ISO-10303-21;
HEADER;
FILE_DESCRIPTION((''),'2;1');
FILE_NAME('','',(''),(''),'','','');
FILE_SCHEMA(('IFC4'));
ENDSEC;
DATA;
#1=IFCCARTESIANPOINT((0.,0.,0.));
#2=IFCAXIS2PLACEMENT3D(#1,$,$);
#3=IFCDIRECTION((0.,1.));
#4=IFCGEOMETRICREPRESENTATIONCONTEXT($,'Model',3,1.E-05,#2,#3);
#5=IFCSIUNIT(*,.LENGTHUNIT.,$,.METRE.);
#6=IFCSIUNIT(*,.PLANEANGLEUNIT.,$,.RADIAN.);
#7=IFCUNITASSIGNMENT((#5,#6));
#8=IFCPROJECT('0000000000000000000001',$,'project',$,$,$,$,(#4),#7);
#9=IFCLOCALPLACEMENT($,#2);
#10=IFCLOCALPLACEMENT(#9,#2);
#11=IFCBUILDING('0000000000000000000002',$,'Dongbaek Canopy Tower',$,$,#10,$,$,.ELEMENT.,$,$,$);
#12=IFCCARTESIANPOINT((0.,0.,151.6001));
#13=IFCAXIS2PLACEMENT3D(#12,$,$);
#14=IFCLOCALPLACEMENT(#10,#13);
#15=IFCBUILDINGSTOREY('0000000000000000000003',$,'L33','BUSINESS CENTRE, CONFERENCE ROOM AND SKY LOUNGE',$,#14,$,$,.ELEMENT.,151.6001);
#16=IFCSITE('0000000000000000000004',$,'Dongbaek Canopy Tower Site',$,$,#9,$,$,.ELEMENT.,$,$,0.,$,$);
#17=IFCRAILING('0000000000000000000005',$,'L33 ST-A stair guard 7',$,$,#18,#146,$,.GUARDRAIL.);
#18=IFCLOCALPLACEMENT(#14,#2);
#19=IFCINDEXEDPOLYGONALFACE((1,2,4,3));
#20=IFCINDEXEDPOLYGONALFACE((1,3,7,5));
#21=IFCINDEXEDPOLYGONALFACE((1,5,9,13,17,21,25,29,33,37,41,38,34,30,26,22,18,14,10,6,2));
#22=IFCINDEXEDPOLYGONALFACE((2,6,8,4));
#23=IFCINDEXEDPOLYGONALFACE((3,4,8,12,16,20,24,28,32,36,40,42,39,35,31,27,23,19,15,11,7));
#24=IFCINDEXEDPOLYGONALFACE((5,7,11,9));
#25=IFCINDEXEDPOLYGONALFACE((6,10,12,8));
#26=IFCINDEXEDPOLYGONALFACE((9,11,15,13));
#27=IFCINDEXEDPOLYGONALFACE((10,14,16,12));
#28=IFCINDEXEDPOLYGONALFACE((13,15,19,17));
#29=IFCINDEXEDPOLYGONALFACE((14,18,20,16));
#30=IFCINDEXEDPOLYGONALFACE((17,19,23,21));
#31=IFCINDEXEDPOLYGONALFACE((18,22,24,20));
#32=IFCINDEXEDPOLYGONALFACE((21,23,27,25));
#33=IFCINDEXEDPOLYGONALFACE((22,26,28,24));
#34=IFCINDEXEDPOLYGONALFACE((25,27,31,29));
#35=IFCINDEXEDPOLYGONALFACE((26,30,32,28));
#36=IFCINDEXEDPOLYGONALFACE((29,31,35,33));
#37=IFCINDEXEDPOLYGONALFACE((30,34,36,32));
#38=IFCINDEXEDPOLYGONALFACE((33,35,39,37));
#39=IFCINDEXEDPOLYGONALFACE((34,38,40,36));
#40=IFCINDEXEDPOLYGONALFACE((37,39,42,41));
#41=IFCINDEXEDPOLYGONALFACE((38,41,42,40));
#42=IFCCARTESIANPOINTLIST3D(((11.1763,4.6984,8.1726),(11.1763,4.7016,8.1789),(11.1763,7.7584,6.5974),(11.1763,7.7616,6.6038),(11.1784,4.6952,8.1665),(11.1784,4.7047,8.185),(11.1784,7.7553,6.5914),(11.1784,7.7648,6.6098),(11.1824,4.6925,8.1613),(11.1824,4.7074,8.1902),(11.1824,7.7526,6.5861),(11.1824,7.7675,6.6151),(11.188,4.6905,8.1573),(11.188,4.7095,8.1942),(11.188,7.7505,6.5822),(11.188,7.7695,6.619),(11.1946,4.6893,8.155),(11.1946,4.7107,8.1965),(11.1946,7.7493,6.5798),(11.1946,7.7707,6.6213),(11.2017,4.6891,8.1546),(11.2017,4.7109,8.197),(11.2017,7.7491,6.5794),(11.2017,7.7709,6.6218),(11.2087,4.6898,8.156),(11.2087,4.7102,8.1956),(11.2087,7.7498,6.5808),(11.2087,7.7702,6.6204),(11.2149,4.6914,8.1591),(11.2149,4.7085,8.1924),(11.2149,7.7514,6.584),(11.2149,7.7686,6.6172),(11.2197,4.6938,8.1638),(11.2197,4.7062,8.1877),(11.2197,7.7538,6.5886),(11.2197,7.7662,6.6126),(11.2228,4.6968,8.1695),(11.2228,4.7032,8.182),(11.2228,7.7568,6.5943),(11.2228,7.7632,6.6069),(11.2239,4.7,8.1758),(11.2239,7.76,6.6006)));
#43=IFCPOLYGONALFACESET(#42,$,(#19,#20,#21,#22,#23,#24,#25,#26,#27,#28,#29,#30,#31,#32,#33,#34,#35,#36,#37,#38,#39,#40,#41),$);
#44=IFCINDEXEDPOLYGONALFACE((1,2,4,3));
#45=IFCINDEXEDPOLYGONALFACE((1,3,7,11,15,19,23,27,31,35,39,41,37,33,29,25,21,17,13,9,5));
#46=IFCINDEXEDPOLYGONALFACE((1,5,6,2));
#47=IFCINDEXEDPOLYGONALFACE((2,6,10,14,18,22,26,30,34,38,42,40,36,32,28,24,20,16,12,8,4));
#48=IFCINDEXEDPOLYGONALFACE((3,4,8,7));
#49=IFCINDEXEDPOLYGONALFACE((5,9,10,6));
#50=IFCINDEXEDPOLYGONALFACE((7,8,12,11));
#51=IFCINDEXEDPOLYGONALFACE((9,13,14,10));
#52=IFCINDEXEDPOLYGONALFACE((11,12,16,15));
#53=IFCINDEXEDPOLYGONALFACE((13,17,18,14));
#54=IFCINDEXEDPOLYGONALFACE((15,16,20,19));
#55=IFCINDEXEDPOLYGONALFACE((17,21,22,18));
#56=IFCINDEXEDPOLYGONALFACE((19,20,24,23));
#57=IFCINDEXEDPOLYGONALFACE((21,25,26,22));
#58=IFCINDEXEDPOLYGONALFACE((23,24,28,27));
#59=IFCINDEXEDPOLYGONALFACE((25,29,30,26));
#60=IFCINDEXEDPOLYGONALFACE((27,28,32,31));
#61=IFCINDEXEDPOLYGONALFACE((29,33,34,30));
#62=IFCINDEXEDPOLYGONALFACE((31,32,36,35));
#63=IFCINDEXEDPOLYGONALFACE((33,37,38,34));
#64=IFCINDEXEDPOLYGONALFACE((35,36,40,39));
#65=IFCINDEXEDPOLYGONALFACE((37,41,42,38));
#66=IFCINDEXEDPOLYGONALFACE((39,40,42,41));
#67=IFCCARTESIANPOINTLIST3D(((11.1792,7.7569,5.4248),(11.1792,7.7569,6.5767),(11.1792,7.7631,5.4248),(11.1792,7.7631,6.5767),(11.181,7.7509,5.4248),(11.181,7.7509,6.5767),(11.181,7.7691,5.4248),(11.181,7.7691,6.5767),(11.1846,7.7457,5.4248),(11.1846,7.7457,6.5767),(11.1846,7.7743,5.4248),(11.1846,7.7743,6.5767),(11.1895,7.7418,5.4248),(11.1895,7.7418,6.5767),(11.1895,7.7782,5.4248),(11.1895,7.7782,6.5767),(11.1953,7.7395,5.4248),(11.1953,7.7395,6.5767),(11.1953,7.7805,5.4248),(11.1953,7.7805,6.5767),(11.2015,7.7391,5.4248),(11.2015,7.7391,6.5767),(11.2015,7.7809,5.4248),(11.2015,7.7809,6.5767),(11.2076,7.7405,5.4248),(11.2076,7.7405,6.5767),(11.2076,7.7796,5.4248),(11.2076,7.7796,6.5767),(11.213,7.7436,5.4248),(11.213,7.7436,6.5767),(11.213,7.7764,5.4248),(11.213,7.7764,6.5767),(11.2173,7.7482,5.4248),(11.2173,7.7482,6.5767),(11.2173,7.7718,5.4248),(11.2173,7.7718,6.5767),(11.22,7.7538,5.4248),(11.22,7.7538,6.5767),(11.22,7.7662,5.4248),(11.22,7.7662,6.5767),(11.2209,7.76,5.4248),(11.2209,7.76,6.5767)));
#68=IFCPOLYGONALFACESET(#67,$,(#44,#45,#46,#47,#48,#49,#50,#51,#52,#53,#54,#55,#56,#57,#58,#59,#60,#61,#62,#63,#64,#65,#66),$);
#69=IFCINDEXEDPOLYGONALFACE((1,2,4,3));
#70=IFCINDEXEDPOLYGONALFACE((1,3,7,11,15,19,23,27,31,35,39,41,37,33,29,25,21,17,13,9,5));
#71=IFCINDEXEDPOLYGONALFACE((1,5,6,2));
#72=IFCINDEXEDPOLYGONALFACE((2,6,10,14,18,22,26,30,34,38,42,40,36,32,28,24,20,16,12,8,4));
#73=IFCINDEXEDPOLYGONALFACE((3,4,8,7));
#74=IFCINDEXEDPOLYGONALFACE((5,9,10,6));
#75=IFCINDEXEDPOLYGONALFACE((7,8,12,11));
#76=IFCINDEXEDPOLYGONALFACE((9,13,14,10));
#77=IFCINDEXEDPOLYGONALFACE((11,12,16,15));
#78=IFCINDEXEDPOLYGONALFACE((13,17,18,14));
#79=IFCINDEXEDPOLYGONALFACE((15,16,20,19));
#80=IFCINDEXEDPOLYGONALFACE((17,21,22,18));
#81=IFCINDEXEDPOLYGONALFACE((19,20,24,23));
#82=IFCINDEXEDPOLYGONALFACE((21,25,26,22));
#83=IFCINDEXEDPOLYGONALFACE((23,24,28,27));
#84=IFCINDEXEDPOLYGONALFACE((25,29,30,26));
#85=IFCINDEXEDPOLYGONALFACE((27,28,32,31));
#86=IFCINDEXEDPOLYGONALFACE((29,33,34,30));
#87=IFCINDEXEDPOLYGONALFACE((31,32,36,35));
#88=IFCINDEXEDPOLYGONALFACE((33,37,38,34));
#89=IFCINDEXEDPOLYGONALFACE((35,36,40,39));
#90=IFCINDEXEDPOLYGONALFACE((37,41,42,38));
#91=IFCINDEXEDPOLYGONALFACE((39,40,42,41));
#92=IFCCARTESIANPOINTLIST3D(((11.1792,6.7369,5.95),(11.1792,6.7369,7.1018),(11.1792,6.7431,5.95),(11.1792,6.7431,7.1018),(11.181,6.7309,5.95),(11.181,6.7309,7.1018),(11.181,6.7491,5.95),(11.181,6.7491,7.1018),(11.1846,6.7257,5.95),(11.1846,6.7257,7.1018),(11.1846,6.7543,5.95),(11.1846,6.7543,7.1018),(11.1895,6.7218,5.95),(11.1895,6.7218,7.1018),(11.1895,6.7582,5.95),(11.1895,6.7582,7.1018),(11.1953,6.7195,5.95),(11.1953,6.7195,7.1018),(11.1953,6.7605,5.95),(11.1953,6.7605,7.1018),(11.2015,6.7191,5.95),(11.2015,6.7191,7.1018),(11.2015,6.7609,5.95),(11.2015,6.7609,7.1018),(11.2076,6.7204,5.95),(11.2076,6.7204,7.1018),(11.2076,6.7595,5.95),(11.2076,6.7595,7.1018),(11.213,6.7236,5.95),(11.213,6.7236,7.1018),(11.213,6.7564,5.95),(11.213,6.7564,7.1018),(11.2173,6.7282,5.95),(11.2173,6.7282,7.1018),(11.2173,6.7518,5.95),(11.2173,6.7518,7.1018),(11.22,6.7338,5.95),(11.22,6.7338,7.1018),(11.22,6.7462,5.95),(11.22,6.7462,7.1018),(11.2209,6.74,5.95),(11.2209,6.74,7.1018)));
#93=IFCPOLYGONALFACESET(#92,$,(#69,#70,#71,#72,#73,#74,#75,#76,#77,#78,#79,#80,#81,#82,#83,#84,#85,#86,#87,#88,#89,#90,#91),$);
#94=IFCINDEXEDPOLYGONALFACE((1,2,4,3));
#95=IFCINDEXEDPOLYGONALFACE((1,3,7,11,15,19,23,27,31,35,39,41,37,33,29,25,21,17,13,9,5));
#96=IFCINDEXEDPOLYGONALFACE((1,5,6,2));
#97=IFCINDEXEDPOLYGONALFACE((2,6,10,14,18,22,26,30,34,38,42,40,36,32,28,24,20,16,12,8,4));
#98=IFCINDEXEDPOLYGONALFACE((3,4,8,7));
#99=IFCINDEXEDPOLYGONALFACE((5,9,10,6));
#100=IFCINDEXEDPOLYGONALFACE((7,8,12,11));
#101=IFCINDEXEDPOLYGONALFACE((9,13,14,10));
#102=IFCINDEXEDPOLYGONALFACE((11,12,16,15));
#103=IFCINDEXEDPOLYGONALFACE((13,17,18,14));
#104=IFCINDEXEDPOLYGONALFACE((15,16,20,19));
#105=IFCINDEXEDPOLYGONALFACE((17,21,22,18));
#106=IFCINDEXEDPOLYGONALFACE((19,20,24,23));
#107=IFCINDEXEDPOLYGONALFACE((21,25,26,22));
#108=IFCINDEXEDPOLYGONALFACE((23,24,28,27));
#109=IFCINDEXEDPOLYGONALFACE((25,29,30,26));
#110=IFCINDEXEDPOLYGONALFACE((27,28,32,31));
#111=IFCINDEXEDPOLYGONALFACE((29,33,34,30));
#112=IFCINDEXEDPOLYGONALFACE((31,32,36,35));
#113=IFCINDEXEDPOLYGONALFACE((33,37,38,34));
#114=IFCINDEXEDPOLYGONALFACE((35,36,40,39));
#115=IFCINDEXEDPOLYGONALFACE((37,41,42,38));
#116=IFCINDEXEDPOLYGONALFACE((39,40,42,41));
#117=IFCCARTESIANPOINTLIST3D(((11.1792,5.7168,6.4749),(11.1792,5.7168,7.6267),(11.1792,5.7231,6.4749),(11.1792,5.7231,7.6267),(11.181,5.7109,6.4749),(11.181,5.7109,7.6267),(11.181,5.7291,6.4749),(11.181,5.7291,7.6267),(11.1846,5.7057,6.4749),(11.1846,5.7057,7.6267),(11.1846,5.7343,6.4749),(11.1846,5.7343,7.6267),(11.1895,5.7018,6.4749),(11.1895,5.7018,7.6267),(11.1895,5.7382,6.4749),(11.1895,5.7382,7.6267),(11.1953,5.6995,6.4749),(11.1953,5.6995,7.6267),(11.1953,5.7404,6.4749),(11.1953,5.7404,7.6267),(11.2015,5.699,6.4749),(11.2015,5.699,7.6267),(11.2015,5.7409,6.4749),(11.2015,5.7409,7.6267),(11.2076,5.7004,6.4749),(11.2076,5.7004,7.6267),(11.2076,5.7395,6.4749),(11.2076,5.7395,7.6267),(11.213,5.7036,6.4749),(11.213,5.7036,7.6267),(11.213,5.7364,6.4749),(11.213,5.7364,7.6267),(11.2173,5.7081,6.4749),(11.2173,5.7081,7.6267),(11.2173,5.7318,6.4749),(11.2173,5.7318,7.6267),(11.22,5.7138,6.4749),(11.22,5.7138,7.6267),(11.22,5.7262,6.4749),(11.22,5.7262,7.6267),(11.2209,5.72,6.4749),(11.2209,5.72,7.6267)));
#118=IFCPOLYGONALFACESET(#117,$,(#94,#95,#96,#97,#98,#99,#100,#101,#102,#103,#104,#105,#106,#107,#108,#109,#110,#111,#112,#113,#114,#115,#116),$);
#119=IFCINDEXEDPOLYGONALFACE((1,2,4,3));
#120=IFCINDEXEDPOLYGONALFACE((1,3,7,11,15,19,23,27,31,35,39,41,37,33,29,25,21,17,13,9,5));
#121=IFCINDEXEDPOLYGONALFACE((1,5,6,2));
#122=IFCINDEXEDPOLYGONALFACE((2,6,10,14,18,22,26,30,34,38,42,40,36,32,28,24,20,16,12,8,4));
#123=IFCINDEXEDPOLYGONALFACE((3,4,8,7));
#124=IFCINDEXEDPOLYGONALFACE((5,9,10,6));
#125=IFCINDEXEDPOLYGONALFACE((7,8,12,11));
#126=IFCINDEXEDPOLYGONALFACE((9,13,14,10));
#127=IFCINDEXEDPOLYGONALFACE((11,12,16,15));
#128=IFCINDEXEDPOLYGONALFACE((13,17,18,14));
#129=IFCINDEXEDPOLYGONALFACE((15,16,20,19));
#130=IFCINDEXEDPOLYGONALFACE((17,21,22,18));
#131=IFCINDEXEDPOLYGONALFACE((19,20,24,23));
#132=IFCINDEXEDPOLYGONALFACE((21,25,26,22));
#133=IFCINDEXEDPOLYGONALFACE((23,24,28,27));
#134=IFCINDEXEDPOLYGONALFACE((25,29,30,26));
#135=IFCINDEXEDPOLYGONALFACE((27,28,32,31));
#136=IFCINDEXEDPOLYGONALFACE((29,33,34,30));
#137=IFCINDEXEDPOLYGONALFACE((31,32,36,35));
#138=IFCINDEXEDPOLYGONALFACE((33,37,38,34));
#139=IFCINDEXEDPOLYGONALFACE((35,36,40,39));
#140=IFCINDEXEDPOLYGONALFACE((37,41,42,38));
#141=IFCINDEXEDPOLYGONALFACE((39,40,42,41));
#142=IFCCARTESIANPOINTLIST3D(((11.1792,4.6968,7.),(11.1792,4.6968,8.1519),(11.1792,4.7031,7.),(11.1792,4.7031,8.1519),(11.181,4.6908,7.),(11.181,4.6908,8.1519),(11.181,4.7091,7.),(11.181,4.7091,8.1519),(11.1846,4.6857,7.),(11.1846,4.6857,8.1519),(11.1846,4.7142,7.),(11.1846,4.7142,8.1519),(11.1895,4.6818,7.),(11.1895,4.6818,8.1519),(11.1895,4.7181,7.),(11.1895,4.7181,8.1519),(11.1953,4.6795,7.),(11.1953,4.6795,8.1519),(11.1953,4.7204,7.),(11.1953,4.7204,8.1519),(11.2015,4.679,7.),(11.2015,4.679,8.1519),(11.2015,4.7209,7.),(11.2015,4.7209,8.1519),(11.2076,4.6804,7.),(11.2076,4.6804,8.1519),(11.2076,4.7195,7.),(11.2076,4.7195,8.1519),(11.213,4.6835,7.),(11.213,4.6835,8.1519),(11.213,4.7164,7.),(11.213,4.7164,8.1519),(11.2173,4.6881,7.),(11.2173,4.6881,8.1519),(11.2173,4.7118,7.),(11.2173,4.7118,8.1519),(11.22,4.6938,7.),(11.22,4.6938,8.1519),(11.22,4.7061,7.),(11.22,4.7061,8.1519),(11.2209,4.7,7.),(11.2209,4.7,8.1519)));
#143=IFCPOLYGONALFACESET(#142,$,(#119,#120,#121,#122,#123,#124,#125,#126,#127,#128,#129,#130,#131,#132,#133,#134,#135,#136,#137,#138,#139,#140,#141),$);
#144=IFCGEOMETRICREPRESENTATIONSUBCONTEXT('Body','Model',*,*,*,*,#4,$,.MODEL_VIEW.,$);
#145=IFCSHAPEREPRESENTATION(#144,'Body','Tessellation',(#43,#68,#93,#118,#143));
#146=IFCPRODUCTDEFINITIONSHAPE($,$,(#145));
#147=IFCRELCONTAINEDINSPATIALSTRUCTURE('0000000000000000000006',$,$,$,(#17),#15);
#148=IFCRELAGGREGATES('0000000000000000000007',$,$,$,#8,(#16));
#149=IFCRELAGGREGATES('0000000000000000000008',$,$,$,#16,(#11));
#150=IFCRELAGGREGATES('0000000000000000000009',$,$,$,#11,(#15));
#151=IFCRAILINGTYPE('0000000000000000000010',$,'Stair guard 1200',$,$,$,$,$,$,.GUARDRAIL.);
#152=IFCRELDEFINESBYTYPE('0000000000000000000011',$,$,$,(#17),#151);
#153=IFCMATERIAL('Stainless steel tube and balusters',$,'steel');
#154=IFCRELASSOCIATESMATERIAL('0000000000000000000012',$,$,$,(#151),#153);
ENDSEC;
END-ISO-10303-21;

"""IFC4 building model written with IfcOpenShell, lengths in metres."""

from ifc_helpers import new_model, si_unit, direction, frame, origin, origin_2d, place, context, subcontext, project, spatial, circle, extrude, material, type_object, element, save


model = new_model("IFC4")

# Units and contexts
model_context = context("Model", 3, precision=1e-05, world=origin(), true_north=direction((0.0, 1.0)))
body_context = subcontext(model_context, "Body", "Model", "MODEL_VIEW")
ifc_project = project(units=[si_unit("LENGTHUNIT", "METRE"), si_unit("PLANEANGLEUNIT", "RADIAN")], contexts=[model_context])

# Site, building, storey
site_placement = place(None, origin())
site = spatial("IfcSite", under=ifc_project, at=site_placement, Name="Dongbaek Canopy Tower Site", CompositionType="ELEMENT", RefElevation=0.0)
building_placement = place(site_placement, origin())
building = spatial("IfcBuilding", under=site, at=building_placement, Name="Dongbaek Canopy Tower", CompositionType="ELEMENT")
storey_placement = place(building_placement, frame((0.0, 0.0, 151.6001)))
storey = spatial("IfcBuildingStorey", under=building, at=storey_placement, Name="L33", Description="BUSINESS CENTRE, CONFERENCE ROOM AND SKY LOUNGE", CompositionType="ELEMENT", Elevation=151.6001)

# Railing
ifc_material_1 = material(Name="Stainless steel tube and balusters", Category="steel")
railing_type_1 = type_object("IfcRailingType", Name="Stair guard 1200", PredefinedType="GUARDRAIL", material=ifc_material_1)
railing_1_placement = place(storey_placement, frame((11.2, 7.76, 5.4248)))
element("IfcRailing", 1, at=railing_1_placement, inside=storey, type_object=railing_type_1, Name="L33 ST-A stair guard 7", PredefinedType="GUARDRAIL", context=body_context, shape_type="SweptSolid", body=[
    extrude(circle(Radius=0.0239, at=origin_2d()), frame((0.0, 0.0, 1.1758), z_axis=(0.0, -0.889116, 0.457681), x_axis=(1.0, 0.0, 0.0)), (0.0, 0.0, 1.0), 3.4417),
    extrude(circle(Radius=0.021, at=origin_2d()), origin(), (0.0, 0.0, 1.0), 1.1519),
    extrude(circle(Radius=0.021, at=origin_2d()), frame((0.0, -1.02, 0.5251)), (0.0, 0.0, 1.0), 1.1519),
    extrude(circle(Radius=0.021, at=origin_2d()), frame((0.0, -2.04, 1.05)), (0.0, 0.0, 1.0), 1.1519),
    extrude(circle(Radius=0.021, at=origin_2d()), frame((0.0, -3.0601, 1.5752)), (0.0, 0.0, 1.0), 1.1519),
])

save(model, "model.ifc")
